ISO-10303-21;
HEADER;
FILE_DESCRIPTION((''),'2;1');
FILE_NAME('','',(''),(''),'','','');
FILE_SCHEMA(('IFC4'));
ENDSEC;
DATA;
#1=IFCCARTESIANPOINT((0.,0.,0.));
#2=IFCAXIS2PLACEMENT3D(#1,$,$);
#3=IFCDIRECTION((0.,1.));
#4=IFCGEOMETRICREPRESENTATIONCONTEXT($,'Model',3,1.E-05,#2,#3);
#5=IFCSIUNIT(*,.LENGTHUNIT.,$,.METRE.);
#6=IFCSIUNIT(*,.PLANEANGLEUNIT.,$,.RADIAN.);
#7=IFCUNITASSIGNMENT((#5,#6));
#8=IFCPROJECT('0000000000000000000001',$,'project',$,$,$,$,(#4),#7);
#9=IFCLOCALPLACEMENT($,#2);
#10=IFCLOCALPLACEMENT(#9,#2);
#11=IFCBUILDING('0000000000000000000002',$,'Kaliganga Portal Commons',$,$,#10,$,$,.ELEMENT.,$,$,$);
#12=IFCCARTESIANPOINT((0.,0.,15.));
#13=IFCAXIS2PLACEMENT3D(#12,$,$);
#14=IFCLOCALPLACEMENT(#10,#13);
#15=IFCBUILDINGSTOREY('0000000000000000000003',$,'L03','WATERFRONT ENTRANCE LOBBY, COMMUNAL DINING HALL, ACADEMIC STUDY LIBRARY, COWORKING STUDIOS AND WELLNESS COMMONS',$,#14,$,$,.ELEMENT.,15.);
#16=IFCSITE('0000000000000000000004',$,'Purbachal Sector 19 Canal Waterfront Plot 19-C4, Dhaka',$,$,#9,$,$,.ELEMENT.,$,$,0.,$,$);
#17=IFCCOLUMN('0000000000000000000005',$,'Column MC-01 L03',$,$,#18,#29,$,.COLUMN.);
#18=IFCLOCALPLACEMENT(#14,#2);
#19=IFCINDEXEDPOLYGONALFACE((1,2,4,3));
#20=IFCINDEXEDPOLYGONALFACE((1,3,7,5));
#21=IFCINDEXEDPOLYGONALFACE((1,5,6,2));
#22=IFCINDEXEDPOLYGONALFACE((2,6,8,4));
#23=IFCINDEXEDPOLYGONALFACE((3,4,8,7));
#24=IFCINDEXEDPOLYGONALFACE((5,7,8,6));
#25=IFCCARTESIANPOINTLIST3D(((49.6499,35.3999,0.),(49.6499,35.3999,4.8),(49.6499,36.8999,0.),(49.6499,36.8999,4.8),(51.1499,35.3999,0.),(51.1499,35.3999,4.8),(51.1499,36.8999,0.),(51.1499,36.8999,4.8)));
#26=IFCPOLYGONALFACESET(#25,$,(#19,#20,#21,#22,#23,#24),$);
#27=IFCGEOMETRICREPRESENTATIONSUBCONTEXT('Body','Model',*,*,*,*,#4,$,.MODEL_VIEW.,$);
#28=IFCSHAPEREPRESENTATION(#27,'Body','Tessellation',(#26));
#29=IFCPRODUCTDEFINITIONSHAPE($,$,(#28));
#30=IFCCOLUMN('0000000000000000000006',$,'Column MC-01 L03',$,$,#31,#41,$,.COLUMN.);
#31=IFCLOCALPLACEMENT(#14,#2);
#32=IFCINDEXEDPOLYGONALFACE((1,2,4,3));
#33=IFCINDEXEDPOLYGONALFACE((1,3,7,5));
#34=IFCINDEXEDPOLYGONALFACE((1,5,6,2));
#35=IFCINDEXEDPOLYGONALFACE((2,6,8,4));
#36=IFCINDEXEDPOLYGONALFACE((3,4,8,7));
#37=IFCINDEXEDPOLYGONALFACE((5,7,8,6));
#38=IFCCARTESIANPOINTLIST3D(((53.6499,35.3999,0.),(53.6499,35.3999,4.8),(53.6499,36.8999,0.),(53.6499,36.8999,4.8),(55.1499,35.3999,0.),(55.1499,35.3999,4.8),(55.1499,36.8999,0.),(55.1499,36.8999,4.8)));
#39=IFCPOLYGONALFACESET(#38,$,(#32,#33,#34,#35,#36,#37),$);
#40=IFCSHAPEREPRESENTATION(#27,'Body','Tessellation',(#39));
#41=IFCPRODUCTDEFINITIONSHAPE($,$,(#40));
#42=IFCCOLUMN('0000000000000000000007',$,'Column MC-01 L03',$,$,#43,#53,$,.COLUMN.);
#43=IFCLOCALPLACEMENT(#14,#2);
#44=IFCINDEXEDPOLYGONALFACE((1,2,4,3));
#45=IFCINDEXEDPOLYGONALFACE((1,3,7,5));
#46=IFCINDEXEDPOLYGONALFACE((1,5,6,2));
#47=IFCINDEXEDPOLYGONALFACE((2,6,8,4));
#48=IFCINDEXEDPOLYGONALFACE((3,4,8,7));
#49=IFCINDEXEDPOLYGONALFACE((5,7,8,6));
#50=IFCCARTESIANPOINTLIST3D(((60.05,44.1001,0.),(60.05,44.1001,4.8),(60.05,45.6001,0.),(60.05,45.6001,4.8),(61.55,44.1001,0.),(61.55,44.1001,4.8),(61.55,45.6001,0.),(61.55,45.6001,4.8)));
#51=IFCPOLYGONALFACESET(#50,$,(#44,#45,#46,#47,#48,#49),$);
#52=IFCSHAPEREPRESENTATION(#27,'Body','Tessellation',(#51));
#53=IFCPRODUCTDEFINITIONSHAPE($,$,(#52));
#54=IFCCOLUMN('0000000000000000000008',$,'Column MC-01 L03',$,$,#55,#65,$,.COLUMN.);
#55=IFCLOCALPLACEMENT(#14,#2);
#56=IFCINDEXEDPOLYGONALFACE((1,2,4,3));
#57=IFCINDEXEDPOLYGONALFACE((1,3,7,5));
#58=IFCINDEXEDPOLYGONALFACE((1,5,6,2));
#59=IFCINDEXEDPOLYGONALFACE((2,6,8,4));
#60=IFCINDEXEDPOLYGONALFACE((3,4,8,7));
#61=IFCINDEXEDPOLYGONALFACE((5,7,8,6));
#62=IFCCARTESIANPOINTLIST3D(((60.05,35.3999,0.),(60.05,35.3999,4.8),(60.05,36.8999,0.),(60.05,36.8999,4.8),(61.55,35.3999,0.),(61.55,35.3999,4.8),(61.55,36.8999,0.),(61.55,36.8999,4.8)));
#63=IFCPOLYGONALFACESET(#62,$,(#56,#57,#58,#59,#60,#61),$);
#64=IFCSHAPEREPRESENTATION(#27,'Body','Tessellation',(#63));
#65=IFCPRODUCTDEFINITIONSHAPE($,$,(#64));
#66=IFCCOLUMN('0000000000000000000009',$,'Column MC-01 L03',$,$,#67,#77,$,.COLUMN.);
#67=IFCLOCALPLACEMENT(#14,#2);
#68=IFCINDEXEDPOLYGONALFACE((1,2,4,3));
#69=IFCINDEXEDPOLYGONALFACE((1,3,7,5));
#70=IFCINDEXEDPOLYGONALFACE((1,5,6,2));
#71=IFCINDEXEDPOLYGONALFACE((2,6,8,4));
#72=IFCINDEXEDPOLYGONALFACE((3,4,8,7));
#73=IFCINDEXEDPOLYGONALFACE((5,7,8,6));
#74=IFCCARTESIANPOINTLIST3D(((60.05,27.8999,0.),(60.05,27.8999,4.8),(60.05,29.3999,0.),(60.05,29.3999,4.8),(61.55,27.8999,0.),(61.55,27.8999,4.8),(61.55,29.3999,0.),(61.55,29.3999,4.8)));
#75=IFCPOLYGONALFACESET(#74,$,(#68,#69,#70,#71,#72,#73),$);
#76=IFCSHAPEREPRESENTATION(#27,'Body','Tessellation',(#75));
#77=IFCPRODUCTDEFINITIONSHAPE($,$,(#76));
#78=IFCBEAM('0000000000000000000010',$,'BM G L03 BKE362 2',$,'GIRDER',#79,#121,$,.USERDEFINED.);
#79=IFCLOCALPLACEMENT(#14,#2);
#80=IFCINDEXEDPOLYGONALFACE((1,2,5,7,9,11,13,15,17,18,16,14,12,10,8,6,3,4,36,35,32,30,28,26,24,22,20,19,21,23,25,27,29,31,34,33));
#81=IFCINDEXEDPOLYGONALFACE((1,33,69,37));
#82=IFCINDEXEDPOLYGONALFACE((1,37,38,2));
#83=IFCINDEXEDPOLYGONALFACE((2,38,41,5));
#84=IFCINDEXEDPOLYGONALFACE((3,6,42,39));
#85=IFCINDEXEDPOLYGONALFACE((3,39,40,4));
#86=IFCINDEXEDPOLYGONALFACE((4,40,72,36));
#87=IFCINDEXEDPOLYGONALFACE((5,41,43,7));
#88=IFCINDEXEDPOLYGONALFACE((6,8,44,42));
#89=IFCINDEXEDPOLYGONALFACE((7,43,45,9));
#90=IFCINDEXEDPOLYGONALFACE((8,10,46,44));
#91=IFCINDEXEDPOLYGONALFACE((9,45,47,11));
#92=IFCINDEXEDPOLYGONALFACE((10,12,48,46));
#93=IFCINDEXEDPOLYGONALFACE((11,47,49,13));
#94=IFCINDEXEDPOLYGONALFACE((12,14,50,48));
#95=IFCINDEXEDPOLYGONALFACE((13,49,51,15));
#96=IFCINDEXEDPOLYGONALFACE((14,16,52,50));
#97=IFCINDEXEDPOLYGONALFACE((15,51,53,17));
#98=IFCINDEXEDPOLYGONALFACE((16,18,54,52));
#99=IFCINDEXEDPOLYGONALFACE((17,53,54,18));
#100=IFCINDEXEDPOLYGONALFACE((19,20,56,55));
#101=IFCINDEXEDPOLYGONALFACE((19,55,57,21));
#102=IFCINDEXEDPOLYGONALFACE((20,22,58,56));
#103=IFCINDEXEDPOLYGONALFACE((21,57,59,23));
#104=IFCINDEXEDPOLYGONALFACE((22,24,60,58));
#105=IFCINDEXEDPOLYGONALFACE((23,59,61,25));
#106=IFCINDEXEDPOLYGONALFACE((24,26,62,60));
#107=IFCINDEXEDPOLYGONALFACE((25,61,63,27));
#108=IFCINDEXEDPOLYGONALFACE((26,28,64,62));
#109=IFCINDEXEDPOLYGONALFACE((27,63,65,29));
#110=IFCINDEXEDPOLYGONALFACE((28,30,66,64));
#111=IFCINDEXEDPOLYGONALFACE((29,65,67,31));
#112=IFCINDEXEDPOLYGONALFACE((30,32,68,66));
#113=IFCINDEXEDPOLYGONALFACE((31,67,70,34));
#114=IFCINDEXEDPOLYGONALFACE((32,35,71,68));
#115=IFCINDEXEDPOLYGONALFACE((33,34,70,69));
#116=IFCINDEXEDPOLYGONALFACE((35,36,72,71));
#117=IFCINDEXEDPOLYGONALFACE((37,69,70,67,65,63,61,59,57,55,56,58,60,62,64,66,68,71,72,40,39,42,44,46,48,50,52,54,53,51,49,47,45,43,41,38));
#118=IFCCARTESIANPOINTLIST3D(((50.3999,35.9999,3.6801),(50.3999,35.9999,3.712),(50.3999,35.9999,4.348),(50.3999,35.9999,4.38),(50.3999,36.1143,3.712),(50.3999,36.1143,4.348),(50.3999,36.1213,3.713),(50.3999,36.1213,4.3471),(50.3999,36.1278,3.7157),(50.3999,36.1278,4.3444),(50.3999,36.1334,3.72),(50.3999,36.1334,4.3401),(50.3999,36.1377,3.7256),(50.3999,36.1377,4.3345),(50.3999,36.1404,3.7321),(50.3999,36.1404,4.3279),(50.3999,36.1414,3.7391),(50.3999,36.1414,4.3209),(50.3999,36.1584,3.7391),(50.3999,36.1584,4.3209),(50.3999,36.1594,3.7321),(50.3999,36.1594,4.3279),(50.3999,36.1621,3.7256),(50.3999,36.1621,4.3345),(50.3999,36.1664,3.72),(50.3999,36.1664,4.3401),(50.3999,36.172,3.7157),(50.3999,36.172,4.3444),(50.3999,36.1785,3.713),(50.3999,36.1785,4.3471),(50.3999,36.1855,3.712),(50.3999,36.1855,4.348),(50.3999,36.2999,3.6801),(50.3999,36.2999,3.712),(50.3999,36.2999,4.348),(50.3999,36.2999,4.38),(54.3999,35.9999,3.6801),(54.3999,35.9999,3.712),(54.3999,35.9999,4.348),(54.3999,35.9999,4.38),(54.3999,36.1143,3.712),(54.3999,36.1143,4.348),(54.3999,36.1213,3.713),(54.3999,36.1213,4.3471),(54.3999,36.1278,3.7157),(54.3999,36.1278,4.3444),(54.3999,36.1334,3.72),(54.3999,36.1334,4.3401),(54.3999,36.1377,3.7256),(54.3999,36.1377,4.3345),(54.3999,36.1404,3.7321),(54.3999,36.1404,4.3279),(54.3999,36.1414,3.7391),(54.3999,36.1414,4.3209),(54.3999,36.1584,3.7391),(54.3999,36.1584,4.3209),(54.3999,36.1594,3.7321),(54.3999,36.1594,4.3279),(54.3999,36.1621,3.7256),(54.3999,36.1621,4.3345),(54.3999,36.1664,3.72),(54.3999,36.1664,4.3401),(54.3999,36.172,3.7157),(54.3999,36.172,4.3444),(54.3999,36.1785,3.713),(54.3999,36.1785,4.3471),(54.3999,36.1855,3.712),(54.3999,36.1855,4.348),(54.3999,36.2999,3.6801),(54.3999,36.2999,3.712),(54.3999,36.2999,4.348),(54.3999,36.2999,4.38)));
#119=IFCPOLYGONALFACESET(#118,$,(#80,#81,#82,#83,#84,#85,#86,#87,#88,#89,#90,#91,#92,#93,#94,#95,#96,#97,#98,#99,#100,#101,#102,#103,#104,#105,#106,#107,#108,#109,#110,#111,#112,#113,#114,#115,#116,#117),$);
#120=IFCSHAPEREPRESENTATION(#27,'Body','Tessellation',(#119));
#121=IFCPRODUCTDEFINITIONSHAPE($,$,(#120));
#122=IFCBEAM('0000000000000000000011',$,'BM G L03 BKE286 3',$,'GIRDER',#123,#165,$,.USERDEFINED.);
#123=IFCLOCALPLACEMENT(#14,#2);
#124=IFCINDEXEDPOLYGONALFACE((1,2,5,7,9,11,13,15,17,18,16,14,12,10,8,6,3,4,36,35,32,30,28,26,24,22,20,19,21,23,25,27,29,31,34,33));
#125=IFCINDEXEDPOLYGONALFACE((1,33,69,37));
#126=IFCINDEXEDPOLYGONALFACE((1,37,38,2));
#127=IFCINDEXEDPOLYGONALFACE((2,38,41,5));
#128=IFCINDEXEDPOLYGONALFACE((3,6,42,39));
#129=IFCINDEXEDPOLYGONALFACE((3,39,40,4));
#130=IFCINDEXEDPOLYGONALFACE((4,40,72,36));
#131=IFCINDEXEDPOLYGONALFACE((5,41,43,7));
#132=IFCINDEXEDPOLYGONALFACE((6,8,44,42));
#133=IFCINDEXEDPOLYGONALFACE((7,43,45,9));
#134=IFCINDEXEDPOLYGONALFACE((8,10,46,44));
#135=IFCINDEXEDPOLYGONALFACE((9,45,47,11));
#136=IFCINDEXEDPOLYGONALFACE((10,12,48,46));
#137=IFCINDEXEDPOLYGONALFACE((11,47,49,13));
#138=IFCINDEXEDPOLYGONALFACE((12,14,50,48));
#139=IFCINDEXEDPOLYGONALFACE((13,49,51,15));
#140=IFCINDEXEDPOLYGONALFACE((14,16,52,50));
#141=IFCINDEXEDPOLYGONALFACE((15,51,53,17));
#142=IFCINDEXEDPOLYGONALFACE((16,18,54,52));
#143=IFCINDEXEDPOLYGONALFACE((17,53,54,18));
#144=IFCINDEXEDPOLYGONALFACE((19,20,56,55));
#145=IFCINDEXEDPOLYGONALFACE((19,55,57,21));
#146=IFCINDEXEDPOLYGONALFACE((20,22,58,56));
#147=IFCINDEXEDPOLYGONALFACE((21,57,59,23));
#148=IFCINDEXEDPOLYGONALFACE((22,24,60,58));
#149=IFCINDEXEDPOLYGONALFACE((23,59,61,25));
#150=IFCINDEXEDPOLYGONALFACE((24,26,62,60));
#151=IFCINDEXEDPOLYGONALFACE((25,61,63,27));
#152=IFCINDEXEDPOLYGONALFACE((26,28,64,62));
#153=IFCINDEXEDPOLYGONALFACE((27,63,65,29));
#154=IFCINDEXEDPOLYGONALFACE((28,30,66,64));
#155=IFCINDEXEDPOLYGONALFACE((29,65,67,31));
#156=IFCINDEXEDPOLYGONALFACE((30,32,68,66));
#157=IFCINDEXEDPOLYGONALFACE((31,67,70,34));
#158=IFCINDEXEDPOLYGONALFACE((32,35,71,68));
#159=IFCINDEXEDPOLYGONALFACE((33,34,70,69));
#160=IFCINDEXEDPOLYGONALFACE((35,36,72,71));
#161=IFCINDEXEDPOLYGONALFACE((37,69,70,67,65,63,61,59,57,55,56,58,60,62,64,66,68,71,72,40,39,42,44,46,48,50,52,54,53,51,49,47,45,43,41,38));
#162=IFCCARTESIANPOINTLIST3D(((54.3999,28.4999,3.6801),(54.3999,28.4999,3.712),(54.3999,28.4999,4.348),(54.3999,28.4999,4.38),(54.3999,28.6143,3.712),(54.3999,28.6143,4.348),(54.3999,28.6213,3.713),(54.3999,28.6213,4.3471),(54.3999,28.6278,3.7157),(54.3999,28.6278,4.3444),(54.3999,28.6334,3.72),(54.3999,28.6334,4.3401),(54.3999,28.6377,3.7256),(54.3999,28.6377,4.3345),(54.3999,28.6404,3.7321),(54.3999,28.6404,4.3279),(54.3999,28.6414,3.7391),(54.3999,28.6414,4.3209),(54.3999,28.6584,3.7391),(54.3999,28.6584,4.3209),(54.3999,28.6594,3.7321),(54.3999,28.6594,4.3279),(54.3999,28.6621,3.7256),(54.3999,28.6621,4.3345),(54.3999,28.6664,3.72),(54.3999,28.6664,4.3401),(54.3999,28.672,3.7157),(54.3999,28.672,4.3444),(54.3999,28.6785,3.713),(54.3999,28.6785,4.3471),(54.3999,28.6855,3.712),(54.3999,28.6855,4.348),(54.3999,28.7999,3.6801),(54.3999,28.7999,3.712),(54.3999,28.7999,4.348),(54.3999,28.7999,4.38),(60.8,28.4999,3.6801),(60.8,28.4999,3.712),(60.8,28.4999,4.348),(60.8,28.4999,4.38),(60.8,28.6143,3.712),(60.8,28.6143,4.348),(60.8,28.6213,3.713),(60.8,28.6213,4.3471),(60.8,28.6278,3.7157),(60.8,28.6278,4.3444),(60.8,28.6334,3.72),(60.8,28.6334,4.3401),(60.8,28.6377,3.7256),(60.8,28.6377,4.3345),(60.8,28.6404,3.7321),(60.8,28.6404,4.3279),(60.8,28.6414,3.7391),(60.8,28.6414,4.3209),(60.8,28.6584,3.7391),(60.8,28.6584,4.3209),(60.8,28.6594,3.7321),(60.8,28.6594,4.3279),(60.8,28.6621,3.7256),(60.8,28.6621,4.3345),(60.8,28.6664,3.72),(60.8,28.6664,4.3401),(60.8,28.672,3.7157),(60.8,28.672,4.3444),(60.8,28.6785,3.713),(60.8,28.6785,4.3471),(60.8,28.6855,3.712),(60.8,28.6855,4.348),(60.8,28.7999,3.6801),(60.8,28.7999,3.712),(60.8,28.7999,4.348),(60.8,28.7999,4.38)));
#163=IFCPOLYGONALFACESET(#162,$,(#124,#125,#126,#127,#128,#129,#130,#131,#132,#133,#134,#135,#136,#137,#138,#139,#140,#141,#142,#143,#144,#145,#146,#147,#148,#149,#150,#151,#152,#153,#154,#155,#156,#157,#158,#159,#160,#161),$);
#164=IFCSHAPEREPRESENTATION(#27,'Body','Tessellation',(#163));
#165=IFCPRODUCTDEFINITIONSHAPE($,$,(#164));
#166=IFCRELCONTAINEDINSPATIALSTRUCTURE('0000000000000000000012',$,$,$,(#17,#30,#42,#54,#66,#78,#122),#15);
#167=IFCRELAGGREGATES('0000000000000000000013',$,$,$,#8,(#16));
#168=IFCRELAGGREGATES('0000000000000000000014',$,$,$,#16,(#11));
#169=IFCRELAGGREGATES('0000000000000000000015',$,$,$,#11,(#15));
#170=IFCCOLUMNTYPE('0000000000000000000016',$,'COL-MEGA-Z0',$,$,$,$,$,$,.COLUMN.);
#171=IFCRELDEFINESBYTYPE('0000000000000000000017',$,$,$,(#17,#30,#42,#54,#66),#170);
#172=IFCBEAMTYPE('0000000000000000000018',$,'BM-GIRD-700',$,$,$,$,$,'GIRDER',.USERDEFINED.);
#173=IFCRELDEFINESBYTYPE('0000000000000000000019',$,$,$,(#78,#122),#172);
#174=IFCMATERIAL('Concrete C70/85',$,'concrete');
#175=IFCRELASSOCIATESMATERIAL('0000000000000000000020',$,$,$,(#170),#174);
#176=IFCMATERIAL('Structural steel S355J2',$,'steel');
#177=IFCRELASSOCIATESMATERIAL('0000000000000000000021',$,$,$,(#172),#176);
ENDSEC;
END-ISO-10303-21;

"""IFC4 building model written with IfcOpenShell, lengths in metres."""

from ifc_helpers import new_model, si_unit, direction, frame, origin, origin_2d, place, context, subcontext, project, spatial, rectangle, i_section, extrude, source, transform, mapped, material, material_profile, profile_set, type_object, element, save


model = new_model("IFC4")

# Units and contexts
model_context = context("Model", 3, precision=1e-05, world=origin(), true_north=direction((0.0, 1.0)))
body_context = subcontext(model_context, "Body", "Model", "MODEL_VIEW")
ifc_project = project(units=[si_unit("LENGTHUNIT", "METRE"), si_unit("PLANEANGLEUNIT", "RADIAN")], contexts=[model_context])

# Site, building, storey
site_placement = place(None, origin())
site = spatial("IfcSite", under=ifc_project, at=site_placement, Name="Purbachal Sector 19 Canal Waterfront Plot 19-C4, Dhaka", CompositionType="ELEMENT", RefElevation=0.0)
building_placement = place(site_placement, origin())
building = spatial("IfcBuilding", under=site, at=building_placement, Name="Kaliganga Portal Commons", CompositionType="ELEMENT")
storey_placement = place(building_placement, frame((0.0, 0.0, 15.0)))
storey = spatial("IfcBuildingStorey", under=building, at=storey_placement, Name="L03", Description="WATERFRONT ENTRANCE LOBBY, COMMUNAL DINING HALL, ACADEMIC STUDY LIBRARY, COWORKING STUDIOS AND WELLNESS COMMONS", CompositionType="ELEMENT", Elevation=15.0)

# Columns
ifc_material_1 = material(Name="Concrete C70/85", Category="concrete")
ifc_material_profile_1 = material_profile(ifc_material_1, rectangle(XDim=1.5, YDim=1.5, at=origin_2d()), Name="RC 1500x1500")
ifc_profile_set_1 = profile_set([ifc_material_profile_1], Name="Concrete C70/85")
column_type = type_object("IfcColumnType", Name="COL-MEGA-Z0", PredefinedType="COLUMN", material=ifc_profile_set_1)
shared_shape_1 = source(origin(), body_context, "Body", "SweptSolid", [
    extrude(rectangle(XDim=1.5, YDim=1.5, at=origin_2d()), origin(), (0.0, 0.0, 1.0), 4.8),
])
for number, where, z_axis, x_axis, name in (
    (1, (50.3999, 36.1499, 0.0), (0.0, 0.0, 1.0), (1.0, 0.0, 0.0), "Column MC-01 L03"),
    (2, (54.3999, 36.1499, 0.0), (0.0, 0.0, 1.0), (1.0, 0.0, 0.0), "Column MC-01 L03"),
    (3, (60.8, 44.8501, 0.0), (0.0, 0.0, 1.0), (1.0, 0.0, 0.0), "Column MC-01 L03"),
    (4, (60.8, 36.1499, 0.0), (0.0, 0.0, 1.0), (1.0, 0.0, 0.0), "Column MC-01 L03"),
    (5, (60.8, 28.6499, 0.0), (0.0, 0.0, 1.0), (1.0, 0.0, 0.0), "Column MC-01 L03"),
):
    element("IfcColumn", number, at=place(storey_placement, frame(where, z_axis=z_axis, x_axis=x_axis)), inside=storey, type_object=column_type, Name=name, PredefinedType="COLUMN", context=body_context, shape_type="MappedRepresentation", body=[
        mapped(shared_shape_1, transform((0.0, 0.0, 0.0), x_axis=(1.0, 0.0, 0.0), y_axis=(0.0, 1.0, 0.0), z_axis=(0.0, 0.0, 1.0), scale=1.0)),
    ])

# Beams
ifc_material_2 = material(Name="Structural steel S355J2", Category="steel")
ifc_material_profile_2 = material_profile(ifc_material_2, i_section(OverallWidth=0.3, OverallDepth=0.7, WebThickness=0.0171, FlangeThickness=0.032, FilletRadius=0.0271, at=origin_2d()), Name="HE 700 B")
ifc_profile_set_2 = profile_set([ifc_material_profile_2], Name="Structural steel S355J2 wide-flange")
beam_type_1 = type_object("IfcBeamType", Name="BM-GIRD-700", ElementType="GIRDER", PredefinedType="USERDEFINED", material=ifc_profile_set_2)
shared_shape_2 = source(origin(), body_context, "Body", "SweptSolid", [
    extrude(i_section(OverallWidth=0.3, OverallDepth=0.7, WebThickness=0.0171, FlangeThickness=0.032, FilletRadius=0.0271, at=origin_2d()), origin(), (0.0, 0.0, 1.0), 4.0),
])
beam_1_placement = place(storey_placement, frame((50.3999, 36.1499, 4.03), z_axis=(1.0, 0.0, 0.0), x_axis=(0.0, 1.0, 0.0)))
element("IfcBeam", 6, at=beam_1_placement, inside=storey, type_object=beam_type_1, Name="BM G L03 BKE362 2", ObjectType="GIRDER", PredefinedType="USERDEFINED", context=body_context, shape_type="MappedRepresentation", body=[
    mapped(shared_shape_2, transform((0.0, 0.0, 0.0), x_axis=(1.0, 0.0, 0.0), y_axis=(0.0, 1.0, 0.0), z_axis=(0.0, 0.0, 1.0), scale=1.0)),
])
shared_shape_3 = source(origin(), body_context, "Body", "SweptSolid", [
    extrude(i_section(OverallWidth=0.3, OverallDepth=0.7, WebThickness=0.0171, FlangeThickness=0.032, FilletRadius=0.0271, at=origin_2d()), origin(), (0.0, 0.0, 1.0), 6.4001),
])
for number, where, z_axis, x_axis, name in (
    (7, (54.3999, 28.6499, 4.03), (1.0, 0.0, 0.0), (0.0, 1.0, 0.0), "BM G L03 BKE286 3"),
):
    element("IfcBeam", number, at=place(storey_placement, frame(where, z_axis=z_axis, x_axis=x_axis)), inside=storey, type_object=beam_type_1, Name=name, ObjectType="GIRDER", PredefinedType="USERDEFINED", context=body_context, shape_type="MappedRepresentation", body=[
        mapped(shared_shape_3, transform((0.0, 0.0, 0.0), x_axis=(1.0, 0.0, 0.0), y_axis=(0.0, 1.0, 0.0), z_axis=(0.0, 0.0, 1.0), scale=1.0)),
    ])

save(model, "model.ifc")
